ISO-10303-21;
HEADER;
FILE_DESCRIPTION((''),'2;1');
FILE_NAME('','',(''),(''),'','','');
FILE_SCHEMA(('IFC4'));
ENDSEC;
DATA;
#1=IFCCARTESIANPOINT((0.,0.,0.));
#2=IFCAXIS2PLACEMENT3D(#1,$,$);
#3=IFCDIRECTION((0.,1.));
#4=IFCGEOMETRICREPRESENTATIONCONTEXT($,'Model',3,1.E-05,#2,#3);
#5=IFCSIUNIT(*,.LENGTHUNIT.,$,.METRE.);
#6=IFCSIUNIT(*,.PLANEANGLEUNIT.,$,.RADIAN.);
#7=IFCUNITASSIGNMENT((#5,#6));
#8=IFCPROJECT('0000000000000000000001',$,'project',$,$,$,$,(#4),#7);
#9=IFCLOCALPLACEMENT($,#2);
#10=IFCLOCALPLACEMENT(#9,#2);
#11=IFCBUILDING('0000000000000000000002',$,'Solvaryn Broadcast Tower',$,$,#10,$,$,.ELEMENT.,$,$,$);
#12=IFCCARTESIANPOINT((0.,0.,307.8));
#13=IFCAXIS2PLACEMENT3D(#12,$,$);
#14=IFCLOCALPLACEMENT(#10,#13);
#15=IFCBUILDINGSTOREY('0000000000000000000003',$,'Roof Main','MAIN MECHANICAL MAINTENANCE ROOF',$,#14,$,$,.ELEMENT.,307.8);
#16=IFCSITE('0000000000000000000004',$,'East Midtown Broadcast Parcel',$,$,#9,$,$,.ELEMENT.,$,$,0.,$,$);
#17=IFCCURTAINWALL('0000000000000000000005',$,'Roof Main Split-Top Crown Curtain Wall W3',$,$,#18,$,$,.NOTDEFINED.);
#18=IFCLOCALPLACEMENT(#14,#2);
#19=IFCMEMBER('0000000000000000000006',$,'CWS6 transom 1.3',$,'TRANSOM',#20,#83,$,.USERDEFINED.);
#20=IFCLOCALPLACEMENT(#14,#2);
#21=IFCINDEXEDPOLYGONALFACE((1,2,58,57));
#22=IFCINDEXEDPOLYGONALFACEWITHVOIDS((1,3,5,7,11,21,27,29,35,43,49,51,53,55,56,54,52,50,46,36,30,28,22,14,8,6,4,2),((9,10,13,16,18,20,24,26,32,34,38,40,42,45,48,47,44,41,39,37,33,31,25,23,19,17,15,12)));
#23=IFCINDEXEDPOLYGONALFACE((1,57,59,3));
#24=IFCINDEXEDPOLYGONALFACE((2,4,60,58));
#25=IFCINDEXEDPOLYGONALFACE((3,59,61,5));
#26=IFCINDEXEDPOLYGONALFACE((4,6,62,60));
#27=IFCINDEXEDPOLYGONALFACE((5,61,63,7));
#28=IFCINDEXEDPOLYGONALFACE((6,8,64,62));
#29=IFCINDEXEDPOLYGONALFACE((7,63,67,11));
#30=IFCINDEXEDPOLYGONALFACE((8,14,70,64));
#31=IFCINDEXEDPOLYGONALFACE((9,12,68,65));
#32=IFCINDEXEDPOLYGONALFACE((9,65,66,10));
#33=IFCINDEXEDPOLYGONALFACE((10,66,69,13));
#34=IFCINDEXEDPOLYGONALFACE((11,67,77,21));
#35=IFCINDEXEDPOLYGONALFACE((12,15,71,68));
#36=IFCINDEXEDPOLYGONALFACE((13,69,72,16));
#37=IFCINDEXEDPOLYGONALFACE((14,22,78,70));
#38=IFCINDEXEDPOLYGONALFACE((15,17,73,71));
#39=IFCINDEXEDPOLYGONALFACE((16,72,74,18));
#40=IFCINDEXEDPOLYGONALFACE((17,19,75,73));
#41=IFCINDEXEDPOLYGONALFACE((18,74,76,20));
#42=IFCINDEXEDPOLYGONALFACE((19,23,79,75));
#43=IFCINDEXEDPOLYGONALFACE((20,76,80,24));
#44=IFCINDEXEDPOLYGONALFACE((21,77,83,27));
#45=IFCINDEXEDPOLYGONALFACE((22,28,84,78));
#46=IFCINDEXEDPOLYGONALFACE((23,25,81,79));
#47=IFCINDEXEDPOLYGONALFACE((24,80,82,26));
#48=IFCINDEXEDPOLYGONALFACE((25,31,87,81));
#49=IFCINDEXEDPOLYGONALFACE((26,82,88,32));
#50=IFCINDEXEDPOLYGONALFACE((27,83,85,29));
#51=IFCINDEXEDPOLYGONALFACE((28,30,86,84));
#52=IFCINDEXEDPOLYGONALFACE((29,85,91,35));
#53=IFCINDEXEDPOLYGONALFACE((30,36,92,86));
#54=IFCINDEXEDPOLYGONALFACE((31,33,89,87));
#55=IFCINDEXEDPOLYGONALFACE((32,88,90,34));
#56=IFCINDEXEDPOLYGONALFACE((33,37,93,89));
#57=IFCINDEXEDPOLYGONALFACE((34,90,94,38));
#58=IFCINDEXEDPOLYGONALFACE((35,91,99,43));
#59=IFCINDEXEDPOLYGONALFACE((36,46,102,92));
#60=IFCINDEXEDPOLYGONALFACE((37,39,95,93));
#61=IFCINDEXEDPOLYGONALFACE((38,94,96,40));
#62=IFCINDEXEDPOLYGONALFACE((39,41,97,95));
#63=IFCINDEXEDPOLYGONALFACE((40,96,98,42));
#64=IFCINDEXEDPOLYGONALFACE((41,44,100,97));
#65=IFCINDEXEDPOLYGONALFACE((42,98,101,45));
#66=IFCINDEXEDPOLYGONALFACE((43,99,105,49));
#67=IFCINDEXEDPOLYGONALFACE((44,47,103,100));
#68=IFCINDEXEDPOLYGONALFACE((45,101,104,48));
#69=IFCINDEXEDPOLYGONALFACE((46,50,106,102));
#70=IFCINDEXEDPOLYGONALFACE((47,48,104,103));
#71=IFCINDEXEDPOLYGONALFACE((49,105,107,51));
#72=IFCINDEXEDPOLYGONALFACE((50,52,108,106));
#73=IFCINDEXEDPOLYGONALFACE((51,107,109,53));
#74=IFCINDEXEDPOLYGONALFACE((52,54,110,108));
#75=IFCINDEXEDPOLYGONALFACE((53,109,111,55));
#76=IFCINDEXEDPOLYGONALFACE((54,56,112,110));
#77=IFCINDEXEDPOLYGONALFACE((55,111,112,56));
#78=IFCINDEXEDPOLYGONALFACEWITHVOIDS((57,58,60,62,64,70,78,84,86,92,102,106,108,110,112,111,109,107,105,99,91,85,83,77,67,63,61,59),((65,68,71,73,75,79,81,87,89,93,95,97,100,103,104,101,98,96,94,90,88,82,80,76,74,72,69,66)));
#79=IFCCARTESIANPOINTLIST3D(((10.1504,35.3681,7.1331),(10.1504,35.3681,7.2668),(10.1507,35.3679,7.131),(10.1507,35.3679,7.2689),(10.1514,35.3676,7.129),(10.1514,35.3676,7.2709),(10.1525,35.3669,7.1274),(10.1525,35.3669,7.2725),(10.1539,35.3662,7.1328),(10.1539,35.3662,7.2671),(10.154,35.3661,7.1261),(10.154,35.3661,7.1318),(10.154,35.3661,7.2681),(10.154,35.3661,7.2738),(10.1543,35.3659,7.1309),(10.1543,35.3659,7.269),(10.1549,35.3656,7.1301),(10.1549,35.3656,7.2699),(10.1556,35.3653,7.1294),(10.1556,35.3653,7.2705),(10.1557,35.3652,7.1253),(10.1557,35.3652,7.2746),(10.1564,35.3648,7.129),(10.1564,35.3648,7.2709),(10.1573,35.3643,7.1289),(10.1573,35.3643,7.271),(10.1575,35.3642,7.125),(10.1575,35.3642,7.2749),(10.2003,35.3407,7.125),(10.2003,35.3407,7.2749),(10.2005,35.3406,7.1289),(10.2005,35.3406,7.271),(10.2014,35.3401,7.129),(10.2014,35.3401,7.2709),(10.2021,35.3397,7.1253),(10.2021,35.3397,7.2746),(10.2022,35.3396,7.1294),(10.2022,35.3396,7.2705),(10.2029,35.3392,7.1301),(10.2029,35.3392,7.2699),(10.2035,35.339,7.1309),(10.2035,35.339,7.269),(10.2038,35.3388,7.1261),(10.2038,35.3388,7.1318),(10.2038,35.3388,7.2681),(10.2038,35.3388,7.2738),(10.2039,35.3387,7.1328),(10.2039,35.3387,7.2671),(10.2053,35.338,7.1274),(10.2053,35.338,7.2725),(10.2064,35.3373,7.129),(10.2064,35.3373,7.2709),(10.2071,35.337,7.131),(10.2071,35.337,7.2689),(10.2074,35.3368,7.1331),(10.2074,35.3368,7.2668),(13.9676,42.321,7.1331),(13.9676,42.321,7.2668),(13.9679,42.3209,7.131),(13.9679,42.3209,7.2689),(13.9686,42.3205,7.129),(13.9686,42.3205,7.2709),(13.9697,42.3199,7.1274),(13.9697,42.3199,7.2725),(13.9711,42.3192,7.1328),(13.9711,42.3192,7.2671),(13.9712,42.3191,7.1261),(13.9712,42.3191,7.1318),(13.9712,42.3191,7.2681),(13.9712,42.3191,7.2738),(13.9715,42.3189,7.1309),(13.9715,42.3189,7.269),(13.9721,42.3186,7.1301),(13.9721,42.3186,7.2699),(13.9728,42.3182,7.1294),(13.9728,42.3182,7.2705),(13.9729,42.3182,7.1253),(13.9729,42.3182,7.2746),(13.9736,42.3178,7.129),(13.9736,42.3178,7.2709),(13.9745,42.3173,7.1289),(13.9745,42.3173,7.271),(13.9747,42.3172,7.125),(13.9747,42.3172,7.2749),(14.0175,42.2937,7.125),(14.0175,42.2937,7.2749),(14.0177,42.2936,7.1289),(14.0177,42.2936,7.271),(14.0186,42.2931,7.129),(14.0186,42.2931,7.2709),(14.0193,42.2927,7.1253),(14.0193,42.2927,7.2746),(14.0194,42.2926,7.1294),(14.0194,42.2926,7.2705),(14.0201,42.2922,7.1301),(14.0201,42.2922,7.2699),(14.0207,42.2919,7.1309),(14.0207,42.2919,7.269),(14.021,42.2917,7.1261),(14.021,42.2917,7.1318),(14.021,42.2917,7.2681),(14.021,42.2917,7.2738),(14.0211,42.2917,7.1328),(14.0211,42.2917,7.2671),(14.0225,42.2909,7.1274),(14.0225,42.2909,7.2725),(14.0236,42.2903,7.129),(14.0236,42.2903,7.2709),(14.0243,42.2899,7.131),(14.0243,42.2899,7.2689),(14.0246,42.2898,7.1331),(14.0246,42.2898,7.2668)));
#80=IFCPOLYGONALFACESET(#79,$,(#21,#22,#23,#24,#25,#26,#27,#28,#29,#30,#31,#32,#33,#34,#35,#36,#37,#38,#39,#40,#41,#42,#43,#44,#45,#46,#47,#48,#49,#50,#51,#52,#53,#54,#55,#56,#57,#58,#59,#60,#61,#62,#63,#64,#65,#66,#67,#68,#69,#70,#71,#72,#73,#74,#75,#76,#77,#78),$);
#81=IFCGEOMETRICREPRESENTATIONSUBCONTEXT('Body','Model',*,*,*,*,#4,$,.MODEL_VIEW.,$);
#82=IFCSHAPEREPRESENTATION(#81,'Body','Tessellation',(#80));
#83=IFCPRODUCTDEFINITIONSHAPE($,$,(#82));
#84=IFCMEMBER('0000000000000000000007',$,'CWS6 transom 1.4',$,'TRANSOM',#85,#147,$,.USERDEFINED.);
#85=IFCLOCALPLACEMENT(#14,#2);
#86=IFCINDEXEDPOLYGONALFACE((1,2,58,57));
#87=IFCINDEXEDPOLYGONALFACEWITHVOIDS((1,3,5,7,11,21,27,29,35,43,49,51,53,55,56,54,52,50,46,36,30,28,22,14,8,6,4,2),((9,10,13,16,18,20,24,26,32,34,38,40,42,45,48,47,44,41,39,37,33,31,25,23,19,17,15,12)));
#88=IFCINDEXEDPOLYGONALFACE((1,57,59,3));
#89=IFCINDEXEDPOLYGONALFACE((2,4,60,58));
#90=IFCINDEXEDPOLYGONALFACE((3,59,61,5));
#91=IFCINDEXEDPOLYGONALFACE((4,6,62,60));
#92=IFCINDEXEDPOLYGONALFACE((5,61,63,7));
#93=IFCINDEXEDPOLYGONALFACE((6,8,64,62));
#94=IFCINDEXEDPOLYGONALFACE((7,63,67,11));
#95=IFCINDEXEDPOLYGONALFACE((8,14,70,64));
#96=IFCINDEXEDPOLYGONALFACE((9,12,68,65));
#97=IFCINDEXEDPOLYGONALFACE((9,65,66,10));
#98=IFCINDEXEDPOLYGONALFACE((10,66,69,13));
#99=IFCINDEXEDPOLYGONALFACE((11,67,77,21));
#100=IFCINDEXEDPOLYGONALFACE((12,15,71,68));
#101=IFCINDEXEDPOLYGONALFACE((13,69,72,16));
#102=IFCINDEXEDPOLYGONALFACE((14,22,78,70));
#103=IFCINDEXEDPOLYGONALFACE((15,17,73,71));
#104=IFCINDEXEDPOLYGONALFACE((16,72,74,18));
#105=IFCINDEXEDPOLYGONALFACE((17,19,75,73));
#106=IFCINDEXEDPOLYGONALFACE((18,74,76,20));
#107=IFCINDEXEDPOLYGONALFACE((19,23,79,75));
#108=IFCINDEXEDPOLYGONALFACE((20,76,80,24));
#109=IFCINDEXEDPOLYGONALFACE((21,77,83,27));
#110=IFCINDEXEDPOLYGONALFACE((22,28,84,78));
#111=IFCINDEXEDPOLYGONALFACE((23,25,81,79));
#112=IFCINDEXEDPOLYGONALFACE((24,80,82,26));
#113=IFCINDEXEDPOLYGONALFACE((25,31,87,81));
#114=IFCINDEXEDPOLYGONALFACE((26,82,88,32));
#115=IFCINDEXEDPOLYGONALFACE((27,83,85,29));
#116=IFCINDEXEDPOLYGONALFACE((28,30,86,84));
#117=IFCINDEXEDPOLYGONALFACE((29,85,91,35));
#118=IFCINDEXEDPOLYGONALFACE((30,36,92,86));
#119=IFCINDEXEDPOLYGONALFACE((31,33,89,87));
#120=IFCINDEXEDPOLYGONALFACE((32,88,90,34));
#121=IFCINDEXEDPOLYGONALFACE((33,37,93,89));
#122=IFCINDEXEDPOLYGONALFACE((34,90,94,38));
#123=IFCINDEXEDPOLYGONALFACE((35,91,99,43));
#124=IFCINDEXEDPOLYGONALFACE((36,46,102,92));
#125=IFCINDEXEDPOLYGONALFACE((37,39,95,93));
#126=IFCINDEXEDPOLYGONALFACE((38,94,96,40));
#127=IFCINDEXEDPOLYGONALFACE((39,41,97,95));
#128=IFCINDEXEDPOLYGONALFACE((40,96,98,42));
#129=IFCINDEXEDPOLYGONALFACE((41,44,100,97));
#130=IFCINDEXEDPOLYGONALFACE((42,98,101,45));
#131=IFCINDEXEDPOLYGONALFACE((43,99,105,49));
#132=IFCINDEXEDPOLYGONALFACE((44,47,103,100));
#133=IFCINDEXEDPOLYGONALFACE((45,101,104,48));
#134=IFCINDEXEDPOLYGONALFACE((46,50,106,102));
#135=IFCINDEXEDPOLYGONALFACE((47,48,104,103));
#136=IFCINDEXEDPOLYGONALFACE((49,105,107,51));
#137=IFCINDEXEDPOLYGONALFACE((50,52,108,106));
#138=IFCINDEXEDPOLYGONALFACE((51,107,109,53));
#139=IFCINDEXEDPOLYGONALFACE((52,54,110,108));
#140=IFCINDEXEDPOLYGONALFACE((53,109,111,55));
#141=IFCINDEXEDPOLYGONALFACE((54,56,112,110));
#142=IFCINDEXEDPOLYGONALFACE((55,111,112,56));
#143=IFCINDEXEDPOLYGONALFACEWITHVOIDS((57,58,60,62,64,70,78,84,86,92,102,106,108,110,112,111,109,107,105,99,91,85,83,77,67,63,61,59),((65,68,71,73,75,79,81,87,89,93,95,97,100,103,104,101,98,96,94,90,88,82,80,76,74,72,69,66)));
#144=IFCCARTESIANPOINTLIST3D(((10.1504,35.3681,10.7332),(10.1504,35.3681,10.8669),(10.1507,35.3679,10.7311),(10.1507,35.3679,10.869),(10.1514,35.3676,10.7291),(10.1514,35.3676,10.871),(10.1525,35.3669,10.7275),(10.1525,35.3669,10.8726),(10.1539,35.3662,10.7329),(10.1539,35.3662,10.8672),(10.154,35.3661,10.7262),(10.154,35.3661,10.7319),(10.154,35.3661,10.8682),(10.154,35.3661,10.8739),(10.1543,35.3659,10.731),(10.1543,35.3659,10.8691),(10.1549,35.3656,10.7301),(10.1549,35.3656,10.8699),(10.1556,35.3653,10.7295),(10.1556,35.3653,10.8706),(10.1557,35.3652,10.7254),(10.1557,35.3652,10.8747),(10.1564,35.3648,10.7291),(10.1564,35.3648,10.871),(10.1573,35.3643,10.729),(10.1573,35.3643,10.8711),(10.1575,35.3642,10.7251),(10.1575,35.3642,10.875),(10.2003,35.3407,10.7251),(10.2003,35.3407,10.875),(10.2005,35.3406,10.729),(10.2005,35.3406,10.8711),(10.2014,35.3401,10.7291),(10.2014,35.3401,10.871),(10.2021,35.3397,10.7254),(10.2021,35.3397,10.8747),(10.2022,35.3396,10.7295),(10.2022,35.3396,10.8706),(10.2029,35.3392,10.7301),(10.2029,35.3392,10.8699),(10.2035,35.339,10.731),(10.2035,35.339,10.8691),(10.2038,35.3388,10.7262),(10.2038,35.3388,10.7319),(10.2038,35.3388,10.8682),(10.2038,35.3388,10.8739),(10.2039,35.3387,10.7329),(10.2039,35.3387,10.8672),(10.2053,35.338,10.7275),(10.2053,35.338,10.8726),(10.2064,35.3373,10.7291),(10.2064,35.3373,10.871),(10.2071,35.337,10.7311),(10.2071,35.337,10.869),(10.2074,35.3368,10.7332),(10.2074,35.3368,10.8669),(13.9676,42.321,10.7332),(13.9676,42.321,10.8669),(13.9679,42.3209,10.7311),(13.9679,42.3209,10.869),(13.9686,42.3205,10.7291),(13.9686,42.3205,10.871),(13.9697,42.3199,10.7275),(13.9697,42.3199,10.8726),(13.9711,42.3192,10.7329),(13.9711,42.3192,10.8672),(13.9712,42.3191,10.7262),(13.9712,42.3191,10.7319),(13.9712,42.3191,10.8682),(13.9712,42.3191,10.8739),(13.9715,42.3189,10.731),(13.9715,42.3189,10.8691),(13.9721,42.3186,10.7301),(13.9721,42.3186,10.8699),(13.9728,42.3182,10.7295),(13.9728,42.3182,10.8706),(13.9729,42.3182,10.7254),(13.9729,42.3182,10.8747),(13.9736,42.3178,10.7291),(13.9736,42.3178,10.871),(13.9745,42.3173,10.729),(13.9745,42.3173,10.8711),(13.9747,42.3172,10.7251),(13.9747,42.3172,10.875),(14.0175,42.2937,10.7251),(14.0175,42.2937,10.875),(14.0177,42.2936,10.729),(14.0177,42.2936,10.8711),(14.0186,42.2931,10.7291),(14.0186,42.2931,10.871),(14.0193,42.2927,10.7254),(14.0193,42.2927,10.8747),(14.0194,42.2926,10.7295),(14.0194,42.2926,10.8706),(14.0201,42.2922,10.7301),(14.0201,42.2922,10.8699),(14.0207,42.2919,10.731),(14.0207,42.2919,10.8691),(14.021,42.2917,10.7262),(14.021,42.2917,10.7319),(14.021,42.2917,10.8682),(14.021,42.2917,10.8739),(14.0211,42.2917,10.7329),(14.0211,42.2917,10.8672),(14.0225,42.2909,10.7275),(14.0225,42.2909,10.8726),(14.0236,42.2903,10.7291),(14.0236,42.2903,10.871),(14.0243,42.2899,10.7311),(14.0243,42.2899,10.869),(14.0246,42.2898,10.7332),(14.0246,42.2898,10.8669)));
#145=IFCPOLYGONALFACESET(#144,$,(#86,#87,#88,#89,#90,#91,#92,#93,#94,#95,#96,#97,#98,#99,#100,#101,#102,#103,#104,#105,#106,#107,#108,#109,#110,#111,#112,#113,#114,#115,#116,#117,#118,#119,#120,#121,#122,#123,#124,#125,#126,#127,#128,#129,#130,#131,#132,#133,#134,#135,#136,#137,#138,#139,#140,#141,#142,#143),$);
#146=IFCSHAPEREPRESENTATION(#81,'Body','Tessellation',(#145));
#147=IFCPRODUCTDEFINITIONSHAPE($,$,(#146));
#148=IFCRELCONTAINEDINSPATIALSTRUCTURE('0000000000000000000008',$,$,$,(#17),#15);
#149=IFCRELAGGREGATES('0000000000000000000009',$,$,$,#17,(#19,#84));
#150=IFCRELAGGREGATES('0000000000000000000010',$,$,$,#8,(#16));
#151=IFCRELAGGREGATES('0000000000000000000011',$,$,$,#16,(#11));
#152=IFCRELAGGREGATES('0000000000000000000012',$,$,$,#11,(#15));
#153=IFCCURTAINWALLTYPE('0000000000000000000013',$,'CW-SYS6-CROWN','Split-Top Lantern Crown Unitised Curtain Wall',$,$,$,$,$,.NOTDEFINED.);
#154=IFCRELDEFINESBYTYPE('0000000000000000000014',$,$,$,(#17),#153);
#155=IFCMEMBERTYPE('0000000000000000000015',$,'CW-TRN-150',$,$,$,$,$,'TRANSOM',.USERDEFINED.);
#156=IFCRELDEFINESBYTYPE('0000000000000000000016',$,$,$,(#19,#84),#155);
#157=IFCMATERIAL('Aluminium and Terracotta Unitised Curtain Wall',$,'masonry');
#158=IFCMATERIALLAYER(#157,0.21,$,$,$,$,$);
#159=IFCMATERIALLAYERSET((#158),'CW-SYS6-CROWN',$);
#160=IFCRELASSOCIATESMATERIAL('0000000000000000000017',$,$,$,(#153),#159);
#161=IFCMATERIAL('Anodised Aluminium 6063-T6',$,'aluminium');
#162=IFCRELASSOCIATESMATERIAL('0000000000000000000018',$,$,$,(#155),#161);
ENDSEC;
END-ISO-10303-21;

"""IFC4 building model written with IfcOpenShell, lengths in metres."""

from ifc_helpers import new_model, si_unit, direction, frame, origin, origin_2d, place, context, subcontext, project, spatial, hollow_rectangle, extrude, material, layer, layer_set, material_profile, profile_set, type_object, element, aggregate, save


model = new_model("IFC4")

# Units and contexts
model_context = context("Model", 3, precision=1e-05, world=origin(), true_north=direction((0.0, 1.0)))
body_context = subcontext(model_context, "Body", "Model", "MODEL_VIEW")
ifc_project = project(units=[si_unit("LENGTHUNIT", "METRE"), si_unit("PLANEANGLEUNIT", "RADIAN")], contexts=[model_context])

# Site, building, storey
site_placement = place(None, origin())
site = spatial("IfcSite", under=ifc_project, at=site_placement, Name="East Midtown Broadcast Parcel", CompositionType="ELEMENT", RefElevation=0.0)
building_placement = place(site_placement, origin())
building = spatial("IfcBuilding", under=site, at=building_placement, Name="Solvaryn Broadcast Tower", CompositionType="ELEMENT")
storey_placement = place(building_placement, frame((0.0, 0.0, 307.8)))
storey = spatial("IfcBuildingStorey", under=building, at=storey_placement, Name="Roof Main", Description="MAIN MECHANICAL MAINTENANCE ROOF", CompositionType="ELEMENT", Elevation=307.8)

# Shared definitions
ifc_material_1 = material(Name="Aluminium and Terracotta Unitised Curtain Wall", Category="masonry")
ifc_layer_1 = layer(ifc_material_1, 0.21)
ifc_layer_set_1 = layer_set([ifc_layer_1], Name="CW-SYS6-CROWN")
curtain_wall_type = type_object("IfcCurtainWallType", Name="CW-SYS6-CROWN", Description="Split-Top Lantern Crown Unitised Curtain Wall", PredefinedType="NOTDEFINED", material=ifc_layer_set_1)

# Curtain wall, members
curtain_wall_1_placement = place(storey_placement, origin())
curtain_wall_1 = element("IfcCurtainWall", 1, at=curtain_wall_1_placement, inside=storey, type_object=curtain_wall_type, Name="Roof Main Split-Top Crown Curtain Wall W3", PredefinedType="NOTDEFINED")
ifc_material_2 = material(Name="Anodised Aluminium 6063-T6", Category="aluminium")
ifc_material_profile_1 = material_profile(ifc_material_2, hollow_rectangle(XDim=0.0649, YDim=0.1499, WallThickness=0.0039, InnerFilletRadius=0.0039, OuterFilletRadius=0.0081, at=origin_2d()))
ifc_profile_set_1 = profile_set([ifc_material_profile_1], Name="Anodised Aluminium 6063-T6")
member_type_1 = type_object("IfcMemberType", Name="CW-TRN-150", ElementType="TRANSOM", PredefinedType="USERDEFINED", material=ifc_profile_set_1)
member_1_placement = place(storey_placement, frame((13.9961, 42.3054, 7.2), z_axis=(-0.481246, -0.876585, 0.0), x_axis=(0.876585, -0.481246, 0.0)))
member_1 = element("IfcMember", 2, at=member_1_placement, type_object=member_type_1, Name="CWS6 transom 1.3", ObjectType="TRANSOM", PredefinedType="USERDEFINED", context=body_context, shape_type="SweptSolid", body=[
    extrude(hollow_rectangle(XDim=0.0649, YDim=0.1499, WallThickness=0.0039, InnerFilletRadius=0.0039, OuterFilletRadius=0.0081, at=origin_2d()), origin(), (0.0, 0.0, 1.0), 7.9319),
])
member_2_placement = place(storey_placement, frame((13.9961, 42.3054, 10.8), z_axis=(-0.481246, -0.876585, 0.0), x_axis=(0.876585, -0.481246, 0.0)))
member_2 = element("IfcMember", 3, at=member_2_placement, type_object=member_type_1, Name="CWS6 transom 1.4", ObjectType="TRANSOM", PredefinedType="USERDEFINED", context=body_context, shape_type="SweptSolid", body=[
    extrude(hollow_rectangle(XDim=0.0649, YDim=0.1499, WallThickness=0.0039, InnerFilletRadius=0.0039, OuterFilletRadius=0.0081, at=origin_2d()), origin(), (0.0, 0.0, 1.0), 7.9319),
])

aggregate(curtain_wall_1, [member_1, member_2])

save(model, "model.ifc")
